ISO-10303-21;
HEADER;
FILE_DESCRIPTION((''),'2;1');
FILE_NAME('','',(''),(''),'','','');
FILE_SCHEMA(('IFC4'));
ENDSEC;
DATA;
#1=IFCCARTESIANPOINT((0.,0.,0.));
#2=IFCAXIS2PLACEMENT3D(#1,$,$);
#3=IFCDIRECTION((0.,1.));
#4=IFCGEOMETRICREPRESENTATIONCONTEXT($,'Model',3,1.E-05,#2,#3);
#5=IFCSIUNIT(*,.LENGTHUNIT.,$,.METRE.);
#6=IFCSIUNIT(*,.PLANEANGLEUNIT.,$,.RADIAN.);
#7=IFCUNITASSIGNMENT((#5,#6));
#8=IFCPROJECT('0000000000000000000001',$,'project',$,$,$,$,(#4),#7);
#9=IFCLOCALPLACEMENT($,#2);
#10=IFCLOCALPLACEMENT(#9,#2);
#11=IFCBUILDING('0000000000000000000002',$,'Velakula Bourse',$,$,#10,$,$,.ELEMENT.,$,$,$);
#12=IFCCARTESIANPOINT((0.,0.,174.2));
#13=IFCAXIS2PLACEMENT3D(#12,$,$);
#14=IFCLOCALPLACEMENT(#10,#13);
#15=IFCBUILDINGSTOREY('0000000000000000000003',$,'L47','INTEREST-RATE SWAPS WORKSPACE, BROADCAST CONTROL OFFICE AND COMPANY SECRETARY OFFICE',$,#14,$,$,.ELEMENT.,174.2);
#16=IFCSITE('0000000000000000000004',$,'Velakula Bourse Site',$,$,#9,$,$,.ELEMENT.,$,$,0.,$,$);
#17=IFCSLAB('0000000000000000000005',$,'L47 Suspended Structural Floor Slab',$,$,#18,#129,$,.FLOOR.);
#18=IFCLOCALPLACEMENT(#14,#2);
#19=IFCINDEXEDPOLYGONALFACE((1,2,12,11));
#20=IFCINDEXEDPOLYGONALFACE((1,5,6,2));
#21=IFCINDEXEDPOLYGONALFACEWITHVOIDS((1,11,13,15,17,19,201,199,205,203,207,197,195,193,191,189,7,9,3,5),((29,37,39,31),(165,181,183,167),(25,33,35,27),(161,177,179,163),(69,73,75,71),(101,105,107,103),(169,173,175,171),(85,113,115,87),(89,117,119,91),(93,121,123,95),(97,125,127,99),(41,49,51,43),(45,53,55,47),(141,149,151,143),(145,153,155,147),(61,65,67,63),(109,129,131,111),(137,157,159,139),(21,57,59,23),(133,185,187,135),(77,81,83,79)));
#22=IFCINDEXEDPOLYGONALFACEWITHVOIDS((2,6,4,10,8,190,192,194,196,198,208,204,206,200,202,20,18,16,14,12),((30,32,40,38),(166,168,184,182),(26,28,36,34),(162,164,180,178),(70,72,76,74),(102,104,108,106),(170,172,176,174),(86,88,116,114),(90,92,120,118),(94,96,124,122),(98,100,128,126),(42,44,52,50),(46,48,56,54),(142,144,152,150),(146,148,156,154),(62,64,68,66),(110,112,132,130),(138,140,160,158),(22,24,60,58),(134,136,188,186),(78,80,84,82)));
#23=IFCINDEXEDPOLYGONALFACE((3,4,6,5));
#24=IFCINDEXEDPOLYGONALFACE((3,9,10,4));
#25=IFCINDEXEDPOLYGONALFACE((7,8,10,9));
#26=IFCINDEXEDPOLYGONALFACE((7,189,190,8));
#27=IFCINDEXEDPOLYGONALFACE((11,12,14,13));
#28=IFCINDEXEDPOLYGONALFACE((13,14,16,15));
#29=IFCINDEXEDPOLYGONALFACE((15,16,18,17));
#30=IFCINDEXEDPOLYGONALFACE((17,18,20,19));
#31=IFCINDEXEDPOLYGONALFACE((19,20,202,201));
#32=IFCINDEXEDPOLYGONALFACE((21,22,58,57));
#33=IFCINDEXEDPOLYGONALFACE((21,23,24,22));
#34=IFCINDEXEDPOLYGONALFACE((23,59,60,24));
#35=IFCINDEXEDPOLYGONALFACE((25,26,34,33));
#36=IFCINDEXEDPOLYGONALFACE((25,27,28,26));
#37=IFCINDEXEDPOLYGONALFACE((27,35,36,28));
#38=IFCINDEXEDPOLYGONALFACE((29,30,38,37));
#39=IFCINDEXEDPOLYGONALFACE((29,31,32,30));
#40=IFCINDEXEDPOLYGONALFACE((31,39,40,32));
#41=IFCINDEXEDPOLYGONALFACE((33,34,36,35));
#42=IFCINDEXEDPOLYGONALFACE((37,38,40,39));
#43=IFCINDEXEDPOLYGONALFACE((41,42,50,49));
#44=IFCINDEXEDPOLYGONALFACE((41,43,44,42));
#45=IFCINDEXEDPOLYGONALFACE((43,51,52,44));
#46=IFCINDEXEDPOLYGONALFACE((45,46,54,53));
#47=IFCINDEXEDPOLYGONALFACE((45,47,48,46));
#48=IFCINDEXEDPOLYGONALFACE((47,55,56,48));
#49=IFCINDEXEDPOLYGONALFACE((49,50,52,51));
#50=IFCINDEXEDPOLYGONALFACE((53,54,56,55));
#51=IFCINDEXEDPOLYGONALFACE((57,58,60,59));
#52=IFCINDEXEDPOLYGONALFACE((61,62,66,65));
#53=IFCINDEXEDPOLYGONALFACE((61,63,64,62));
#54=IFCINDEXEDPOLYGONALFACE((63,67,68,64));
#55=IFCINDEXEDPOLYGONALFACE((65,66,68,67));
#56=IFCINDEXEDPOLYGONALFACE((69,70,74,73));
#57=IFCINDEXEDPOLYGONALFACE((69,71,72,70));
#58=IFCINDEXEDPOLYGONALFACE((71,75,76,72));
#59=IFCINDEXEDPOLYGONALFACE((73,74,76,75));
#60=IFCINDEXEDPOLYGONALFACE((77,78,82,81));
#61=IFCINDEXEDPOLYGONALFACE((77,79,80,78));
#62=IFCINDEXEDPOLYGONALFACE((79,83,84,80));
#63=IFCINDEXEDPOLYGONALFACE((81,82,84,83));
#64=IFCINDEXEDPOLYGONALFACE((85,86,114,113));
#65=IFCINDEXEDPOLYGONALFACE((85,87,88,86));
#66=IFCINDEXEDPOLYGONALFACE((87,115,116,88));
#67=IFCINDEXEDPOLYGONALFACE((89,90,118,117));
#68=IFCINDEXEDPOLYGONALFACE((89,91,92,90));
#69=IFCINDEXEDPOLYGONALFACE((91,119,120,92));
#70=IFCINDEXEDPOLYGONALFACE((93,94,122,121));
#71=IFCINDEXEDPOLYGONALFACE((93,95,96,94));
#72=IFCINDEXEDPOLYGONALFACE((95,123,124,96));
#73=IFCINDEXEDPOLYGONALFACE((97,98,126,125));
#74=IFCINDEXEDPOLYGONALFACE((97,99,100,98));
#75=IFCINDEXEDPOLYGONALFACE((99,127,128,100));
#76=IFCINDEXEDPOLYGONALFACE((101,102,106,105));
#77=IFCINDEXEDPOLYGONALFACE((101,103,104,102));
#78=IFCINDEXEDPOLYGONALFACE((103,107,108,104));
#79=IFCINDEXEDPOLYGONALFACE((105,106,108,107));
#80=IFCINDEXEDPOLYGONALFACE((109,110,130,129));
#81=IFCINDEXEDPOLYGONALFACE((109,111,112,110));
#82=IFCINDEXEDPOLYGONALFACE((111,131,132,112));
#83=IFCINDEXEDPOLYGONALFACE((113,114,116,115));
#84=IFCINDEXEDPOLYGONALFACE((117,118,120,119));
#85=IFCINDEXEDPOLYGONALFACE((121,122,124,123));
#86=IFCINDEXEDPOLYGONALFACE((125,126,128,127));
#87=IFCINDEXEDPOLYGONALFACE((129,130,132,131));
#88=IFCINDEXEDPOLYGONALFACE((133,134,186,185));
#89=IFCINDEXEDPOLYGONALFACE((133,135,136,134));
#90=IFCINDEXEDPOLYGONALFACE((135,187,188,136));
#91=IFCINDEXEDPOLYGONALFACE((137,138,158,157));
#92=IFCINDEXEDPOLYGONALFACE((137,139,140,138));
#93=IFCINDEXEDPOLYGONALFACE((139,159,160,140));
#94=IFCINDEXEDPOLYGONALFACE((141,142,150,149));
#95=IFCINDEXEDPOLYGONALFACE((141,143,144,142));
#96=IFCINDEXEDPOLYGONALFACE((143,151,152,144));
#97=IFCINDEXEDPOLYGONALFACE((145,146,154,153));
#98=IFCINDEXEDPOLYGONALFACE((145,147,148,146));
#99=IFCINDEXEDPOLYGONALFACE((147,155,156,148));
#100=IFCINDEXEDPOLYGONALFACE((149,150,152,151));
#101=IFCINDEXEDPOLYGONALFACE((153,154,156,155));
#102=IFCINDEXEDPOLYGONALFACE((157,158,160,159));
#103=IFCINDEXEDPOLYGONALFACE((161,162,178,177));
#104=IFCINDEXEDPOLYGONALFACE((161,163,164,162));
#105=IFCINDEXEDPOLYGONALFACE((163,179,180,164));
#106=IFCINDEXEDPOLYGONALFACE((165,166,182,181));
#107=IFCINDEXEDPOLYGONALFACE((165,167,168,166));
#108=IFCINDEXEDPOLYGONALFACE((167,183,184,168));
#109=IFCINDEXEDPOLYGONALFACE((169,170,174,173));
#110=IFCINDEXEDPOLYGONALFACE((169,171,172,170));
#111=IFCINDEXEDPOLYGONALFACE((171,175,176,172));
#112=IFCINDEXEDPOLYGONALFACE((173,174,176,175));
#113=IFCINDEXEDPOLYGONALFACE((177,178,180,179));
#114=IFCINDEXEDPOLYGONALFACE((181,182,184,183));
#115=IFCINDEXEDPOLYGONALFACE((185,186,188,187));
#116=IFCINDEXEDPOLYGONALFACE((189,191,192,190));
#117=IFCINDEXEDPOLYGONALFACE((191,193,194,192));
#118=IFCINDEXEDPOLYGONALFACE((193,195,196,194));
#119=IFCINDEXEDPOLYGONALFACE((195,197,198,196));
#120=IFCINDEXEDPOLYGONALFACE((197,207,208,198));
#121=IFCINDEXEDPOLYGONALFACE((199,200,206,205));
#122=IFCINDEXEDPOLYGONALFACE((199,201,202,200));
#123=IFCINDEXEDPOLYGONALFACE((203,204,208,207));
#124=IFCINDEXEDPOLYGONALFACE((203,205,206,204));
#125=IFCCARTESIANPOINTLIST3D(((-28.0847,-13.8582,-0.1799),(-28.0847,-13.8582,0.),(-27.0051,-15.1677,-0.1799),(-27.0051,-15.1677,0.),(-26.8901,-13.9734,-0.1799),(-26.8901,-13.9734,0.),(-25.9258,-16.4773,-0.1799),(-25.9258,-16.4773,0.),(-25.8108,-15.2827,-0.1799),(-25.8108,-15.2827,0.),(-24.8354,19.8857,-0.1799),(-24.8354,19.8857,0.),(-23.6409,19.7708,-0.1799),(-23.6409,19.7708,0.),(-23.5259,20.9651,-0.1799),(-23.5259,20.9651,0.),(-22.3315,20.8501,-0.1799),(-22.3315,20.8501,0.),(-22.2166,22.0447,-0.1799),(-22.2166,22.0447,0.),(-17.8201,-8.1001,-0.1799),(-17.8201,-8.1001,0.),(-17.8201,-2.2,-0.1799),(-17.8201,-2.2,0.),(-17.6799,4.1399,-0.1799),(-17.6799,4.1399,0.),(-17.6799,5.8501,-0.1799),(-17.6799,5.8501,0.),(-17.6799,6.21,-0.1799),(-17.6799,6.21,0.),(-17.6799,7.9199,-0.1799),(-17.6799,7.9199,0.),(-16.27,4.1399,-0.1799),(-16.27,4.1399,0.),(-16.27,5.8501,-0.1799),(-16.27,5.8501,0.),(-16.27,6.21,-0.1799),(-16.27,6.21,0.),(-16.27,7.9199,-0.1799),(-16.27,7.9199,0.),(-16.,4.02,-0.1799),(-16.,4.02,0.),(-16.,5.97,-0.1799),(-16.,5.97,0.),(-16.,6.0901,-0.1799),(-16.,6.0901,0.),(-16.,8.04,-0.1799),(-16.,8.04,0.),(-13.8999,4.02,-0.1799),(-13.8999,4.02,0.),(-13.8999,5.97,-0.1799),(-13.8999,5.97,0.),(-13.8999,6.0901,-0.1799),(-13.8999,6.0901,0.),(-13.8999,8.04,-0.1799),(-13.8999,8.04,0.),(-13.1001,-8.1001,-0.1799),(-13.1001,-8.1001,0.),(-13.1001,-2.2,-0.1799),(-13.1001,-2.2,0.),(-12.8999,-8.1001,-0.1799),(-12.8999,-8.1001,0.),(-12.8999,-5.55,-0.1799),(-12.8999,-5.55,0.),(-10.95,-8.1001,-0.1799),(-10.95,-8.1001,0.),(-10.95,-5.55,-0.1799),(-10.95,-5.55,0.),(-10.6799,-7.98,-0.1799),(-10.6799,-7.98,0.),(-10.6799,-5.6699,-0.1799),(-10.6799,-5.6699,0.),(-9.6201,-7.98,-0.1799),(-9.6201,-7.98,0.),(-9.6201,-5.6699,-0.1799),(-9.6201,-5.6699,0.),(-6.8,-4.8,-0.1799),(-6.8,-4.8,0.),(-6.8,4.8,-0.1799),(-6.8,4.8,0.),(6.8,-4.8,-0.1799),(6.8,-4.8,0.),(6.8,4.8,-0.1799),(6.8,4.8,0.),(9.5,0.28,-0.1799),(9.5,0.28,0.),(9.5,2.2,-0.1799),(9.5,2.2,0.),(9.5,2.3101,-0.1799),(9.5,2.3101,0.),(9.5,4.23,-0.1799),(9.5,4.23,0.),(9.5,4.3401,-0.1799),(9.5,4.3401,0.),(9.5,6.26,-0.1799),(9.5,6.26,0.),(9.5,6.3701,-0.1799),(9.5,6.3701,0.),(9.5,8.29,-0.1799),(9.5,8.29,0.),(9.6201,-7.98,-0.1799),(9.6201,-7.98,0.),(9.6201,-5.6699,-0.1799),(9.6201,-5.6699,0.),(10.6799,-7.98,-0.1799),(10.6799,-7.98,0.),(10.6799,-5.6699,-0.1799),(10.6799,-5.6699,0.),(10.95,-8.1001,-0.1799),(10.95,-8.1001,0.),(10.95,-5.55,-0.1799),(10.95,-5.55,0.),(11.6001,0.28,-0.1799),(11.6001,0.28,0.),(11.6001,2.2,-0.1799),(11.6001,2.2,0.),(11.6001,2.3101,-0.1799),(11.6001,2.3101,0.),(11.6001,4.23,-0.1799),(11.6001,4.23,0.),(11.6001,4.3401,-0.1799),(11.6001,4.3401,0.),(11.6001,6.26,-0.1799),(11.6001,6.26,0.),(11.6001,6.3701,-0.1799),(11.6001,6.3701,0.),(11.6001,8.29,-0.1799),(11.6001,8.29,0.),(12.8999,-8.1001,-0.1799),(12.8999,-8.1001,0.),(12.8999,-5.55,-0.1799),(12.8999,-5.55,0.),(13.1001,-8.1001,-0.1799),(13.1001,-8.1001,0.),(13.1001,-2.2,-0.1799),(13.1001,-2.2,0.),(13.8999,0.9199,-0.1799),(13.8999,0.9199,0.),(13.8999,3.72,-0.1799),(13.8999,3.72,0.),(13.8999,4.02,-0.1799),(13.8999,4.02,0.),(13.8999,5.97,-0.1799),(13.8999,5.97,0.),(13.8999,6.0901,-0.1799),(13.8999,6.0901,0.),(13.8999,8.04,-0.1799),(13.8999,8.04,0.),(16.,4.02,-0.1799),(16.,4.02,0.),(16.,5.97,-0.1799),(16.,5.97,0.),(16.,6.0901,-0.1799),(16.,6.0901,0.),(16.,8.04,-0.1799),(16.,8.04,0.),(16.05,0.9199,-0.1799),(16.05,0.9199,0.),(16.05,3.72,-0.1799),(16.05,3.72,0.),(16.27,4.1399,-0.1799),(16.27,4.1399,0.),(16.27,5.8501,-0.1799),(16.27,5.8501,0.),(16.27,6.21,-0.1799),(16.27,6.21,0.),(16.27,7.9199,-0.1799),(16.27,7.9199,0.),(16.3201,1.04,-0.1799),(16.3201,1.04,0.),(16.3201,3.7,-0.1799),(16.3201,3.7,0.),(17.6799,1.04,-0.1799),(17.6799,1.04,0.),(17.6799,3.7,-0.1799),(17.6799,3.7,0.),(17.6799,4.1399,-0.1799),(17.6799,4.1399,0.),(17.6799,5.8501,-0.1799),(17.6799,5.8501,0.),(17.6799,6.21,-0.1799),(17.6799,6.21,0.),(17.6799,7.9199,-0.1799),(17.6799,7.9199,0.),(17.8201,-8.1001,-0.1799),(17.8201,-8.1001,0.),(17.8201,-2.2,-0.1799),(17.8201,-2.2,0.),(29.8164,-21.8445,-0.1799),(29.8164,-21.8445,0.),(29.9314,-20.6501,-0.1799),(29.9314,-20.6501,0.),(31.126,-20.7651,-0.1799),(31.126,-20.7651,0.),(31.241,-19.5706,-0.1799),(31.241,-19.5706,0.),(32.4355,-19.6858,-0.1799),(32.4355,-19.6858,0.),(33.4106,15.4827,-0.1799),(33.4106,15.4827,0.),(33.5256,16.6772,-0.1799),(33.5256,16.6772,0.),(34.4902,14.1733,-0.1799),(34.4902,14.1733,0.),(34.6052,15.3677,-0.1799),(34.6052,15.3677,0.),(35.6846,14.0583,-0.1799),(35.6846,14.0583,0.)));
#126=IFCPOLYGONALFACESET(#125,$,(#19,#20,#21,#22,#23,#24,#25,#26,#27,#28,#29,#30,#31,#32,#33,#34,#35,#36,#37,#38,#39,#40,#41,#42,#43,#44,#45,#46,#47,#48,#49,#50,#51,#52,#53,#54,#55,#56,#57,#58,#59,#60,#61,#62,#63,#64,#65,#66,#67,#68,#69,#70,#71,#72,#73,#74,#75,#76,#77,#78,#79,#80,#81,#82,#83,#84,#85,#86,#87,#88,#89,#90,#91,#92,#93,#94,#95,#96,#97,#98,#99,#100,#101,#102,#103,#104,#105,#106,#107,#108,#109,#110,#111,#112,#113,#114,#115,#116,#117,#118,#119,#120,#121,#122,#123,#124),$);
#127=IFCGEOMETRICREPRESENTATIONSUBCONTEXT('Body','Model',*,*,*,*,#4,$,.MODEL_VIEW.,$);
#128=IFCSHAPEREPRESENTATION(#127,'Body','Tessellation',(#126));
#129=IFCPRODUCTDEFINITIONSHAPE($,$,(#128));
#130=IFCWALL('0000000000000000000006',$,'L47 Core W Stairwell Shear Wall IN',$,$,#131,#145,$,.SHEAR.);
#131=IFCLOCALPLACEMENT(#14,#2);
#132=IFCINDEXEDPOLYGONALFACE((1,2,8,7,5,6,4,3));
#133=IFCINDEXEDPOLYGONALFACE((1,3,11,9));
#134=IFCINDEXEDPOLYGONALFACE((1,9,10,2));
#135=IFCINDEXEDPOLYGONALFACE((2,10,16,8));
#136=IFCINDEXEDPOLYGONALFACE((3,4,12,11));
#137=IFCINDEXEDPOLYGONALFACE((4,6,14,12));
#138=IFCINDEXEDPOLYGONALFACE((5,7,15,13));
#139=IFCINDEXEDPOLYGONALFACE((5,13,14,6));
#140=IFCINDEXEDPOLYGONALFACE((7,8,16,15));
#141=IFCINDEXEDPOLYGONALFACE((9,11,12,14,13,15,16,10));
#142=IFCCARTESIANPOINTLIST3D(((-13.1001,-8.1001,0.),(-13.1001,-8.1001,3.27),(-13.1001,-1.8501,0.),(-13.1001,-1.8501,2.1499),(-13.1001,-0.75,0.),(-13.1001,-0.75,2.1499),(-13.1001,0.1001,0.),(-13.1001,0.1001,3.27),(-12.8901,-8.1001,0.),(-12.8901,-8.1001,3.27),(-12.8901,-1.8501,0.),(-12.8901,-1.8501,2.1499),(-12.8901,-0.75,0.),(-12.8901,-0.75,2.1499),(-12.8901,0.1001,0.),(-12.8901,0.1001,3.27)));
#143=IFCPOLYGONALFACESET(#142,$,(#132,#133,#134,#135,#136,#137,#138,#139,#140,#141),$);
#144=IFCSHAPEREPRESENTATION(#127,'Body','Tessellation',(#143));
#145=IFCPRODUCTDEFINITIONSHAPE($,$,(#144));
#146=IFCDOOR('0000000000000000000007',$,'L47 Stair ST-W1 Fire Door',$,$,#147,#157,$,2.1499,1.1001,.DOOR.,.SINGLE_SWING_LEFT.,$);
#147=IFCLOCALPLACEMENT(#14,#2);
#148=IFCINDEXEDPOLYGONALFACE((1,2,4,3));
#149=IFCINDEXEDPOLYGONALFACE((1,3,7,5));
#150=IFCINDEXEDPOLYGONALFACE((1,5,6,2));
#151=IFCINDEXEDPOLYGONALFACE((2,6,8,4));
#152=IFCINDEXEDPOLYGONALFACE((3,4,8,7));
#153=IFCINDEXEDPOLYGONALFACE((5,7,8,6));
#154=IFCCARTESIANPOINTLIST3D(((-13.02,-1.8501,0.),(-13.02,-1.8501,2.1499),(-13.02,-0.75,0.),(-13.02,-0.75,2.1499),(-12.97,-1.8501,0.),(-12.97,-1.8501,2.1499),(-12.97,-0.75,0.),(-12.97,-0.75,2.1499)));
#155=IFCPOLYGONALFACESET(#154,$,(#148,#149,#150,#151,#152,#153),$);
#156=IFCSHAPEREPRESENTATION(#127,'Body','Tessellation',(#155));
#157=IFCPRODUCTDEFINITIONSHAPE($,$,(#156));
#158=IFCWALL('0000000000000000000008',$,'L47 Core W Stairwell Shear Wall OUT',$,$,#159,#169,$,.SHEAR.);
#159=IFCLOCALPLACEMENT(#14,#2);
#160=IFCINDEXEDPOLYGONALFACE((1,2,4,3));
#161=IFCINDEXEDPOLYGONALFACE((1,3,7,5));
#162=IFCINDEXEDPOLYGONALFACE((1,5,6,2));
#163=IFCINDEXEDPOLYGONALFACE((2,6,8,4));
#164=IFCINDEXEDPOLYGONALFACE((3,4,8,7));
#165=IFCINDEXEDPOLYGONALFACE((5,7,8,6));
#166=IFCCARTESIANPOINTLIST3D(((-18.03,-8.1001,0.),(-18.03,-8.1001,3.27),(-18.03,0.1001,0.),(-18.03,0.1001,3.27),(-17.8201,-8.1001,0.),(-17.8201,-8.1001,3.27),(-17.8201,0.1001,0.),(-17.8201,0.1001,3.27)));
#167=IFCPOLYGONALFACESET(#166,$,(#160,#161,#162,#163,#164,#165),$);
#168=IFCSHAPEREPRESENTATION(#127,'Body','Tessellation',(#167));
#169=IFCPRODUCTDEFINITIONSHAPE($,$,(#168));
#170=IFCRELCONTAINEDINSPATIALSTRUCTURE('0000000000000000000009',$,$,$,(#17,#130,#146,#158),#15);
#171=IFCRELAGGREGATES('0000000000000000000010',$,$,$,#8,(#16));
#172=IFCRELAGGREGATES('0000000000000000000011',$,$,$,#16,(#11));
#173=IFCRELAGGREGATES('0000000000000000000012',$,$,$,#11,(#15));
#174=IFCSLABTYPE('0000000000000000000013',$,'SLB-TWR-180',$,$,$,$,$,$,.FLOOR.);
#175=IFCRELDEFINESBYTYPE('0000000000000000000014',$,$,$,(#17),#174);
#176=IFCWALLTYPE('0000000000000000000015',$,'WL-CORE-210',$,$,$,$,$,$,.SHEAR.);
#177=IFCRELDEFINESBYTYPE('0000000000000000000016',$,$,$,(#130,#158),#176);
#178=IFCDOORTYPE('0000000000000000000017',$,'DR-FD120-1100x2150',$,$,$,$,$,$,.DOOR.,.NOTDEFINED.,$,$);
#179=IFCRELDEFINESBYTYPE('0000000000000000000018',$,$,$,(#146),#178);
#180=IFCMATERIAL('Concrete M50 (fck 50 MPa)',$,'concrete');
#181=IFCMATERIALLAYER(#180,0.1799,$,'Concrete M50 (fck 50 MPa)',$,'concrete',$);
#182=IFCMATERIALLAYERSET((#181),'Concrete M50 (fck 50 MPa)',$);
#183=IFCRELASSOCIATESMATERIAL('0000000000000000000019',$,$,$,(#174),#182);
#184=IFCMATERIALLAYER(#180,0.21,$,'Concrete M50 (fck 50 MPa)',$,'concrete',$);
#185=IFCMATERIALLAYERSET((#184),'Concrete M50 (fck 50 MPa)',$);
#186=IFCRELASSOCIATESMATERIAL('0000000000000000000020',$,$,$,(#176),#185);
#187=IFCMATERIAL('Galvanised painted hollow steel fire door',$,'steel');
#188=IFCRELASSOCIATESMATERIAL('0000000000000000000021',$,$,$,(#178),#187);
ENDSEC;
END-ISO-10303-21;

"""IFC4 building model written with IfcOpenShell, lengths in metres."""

from ifc_helpers import new_model, si_unit, direction, frame, frame_2d, origin, place, context, subcontext, project, spatial, polyline, rectangle, outline, extrude, material, layer, layer_set, type_object, element, fill, save


model = new_model("IFC4")

# Units and contexts
model_context = context("Model", 3, precision=1e-05, world=origin(), true_north=direction((0.0, 1.0)))
body_context = subcontext(model_context, "Body", "Model", "MODEL_VIEW")
ifc_project = project(units=[si_unit("LENGTHUNIT", "METRE"), si_unit("PLANEANGLEUNIT", "RADIAN")], contexts=[model_context])

# Site, building, storey
site_placement = place(None, origin())
site = spatial("IfcSite", under=ifc_project, at=site_placement, Name="Velakula Bourse Site", CompositionType="ELEMENT", RefElevation=0.0)
building_placement = place(site_placement, origin())
building = spatial("IfcBuilding", under=site, at=building_placement, Name="Velakula Bourse", CompositionType="ELEMENT")
storey_placement = place(building_placement, frame((0.0, 0.0, 174.2)))
storey = spatial("IfcBuildingStorey", under=building, at=storey_placement, Name="L47", Description="INTEREST-RATE SWAPS WORKSPACE, BROADCAST CONTROL OFFICE AND COMPANY SECRETARY OFFICE", CompositionType="ELEMENT", Elevation=174.2)

# Slab
ifc_material_1 = material(Name="Concrete M50 (fck 50 MPa)", Category="concrete")
ifc_layer_1 = layer(ifc_material_1, 0.1799, Name="Concrete M50 (fck 50 MPa)", Category="concrete")
ifc_layer_set_1 = layer_set([ifc_layer_1], Name="Concrete M50 (fck 50 MPa)")
slab_type = type_object("IfcSlabType", Name="SLB-TWR-180", PredefinedType="FLOOR", material=ifc_layer_set_1)
slab_placement = place(storey_placement, frame((0.0, 0.0, -0.1799)))
element("IfcSlab", 1, at=slab_placement, inside=storey, type_object=slab_type, Name="L47 Suspended Structural Floor Slab", PredefinedType="FLOOR", context=body_context, shape_type="SweptSolid", body=[
    extrude(outline(polyline([(-25.9258, -16.4773), (29.8164, -21.8445), (29.9314, -20.6501), (31.126, -20.7651), (31.241, -19.5706), (32.4355, -19.6858), (35.6846, 14.0583), (34.4902, 14.1733), (34.6052, 15.3677), (33.4106, 15.4827), (33.5256, 16.6772), (-22.2166, 22.0447), (-22.3315, 20.8501), (-23.5259, 20.9651), (-23.6409, 19.7708), (-24.8354, 19.8857), (-28.0847, -13.8582), (-26.8901, -13.9734), (-27.0051, -15.1677), (-25.8108, -15.2827), (-25.9258, -16.4773)]), holes=[polyline([(-17.8201, -8.1001), (-13.1001, -8.1001), (-13.1001, -2.2), (-17.8201, -2.2), (-17.8201, -8.1001)]), polyline([(13.1001, -8.1001), (17.8201, -8.1001), (17.8201, -2.2), (13.1001, -2.2), (13.1001, -8.1001)]), polyline([(-12.8999, -8.1001), (-10.95, -8.1001), (-10.95, -5.55), (-12.8999, -5.55), (-12.8999, -8.1001)]), polyline([(10.95, -8.1001), (12.8999, -8.1001), (12.8999, -5.55), (10.95, -5.55), (10.95, -8.1001)]), polyline([(13.8999, 0.9199), (16.05, 0.9199), (16.05, 3.72), (13.8999, 3.72), (13.8999, 0.9199)]), polyline([(-10.6799, -7.98), (-9.6201, -7.98), (-9.6201, -5.6699), (-10.6799, -5.6699), (-10.6799, -7.98)]), polyline([(-17.6799, 4.1399), (-16.27, 4.1399), (-16.27, 5.8501), (-17.6799, 5.8501), (-17.6799, 4.1399)]), polyline([(-17.6799, 6.21), (-16.27, 6.21), (-16.27, 7.9199), (-17.6799, 7.9199), (-17.6799, 6.21)]), polyline([(9.6201, -7.98), (10.6799, -7.98), (10.6799, -5.6699), (9.6201, -5.6699), (9.6201, -7.98)]), polyline([(16.27, 4.1399), (17.6799, 4.1399), (17.6799, 5.8501), (16.27, 5.8501), (16.27, 4.1399)]), polyline([(16.27, 6.21), (17.6799, 6.21), (17.6799, 7.9199), (16.27, 7.9199), (16.27, 6.21)]), polyline([(16.3201, 1.04), (17.6799, 1.04), (17.6799, 3.7), (16.3201, 3.7), (16.3201, 1.04)]), polyline([(9.5, 0.28), (11.6001, 0.28), (11.6001, 2.2), (9.5, 2.2), (9.5, 0.28)]), polyline([(9.5, 2.3101), (11.6001, 2.3101), (11.6001, 4.23), (9.5, 4.23), (9.5, 2.3101)]), polyline([(9.5, 4.3401), (11.6001, 4.3401), (11.6001, 6.26), (9.5, 6.26), (9.5, 4.3401)]), polyline([(9.5, 6.3701), (11.6001, 6.3701), (11.6001, 8.29), (9.5, 8.29), (9.5, 6.3701)]), polyline([(-16.0, 4.02), (-13.8999, 4.02), (-13.8999, 5.97), (-16.0, 5.97), (-16.0, 4.02)]), polyline([(-16.0, 6.0901), (-13.8999, 6.0901), (-13.8999, 8.04), (-16.0, 8.04), (-16.0, 6.0901)]), polyline([(13.8999, 4.02), (16.0, 4.02), (16.0, 5.97), (13.8999, 5.97), (13.8999, 4.02)]), polyline([(13.8999, 6.0901), (16.0, 6.0901), (16.0, 8.04), (13.8999, 8.04), (13.8999, 6.0901)]), polyline([(-6.8, -4.8), (6.8, -4.8), (6.8, 4.8), (-6.8, 4.8), (-6.8, -4.8)])]), origin(), (0.0, 0.0, 1.0), 0.1799),
])

# Wall, opening, door
ifc_layer_2 = layer(ifc_material_1, 0.21, Name="Concrete M50 (fck 50 MPa)", Category="concrete")
ifc_layer_set_2 = layer_set([ifc_layer_2], Name="Concrete M50 (fck 50 MPa)")
wall_type_1 = type_object("IfcWallType", Name="WL-CORE-210", PredefinedType="SHEAR", material=ifc_layer_set_2)
wall_1_placement = place(storey_placement, frame((-12.9951, -8.1001, 0.0), z_axis=(0.0, 0.0, 1.0), x_axis=(0.0, 1.0, 0.0)))
wall_1 = element("IfcWall", 2, at=wall_1_placement, inside=storey, type_object=wall_type_1, Name="L47 Core W Stairwell Shear Wall IN", PredefinedType="SHEAR", context=body_context, shape_type="SweptSolid", body=[
    extrude(rectangle(XDim=8.2002, YDim=0.21, at=frame_2d((4.1001, 0.0))), origin(), (0.0, 0.0, 1.0), 3.27),
])
opening_1_placement = place(wall_1_placement, frame((6.25, 0.0, 0.0)))
opening_1 = element("IfcOpeningElement", 3, at=opening_1_placement, cuts=wall_1, PredefinedType="OPENING", context=body_context, shape_type="SweptSolid", body=[
    extrude(rectangle(XDim=1.1001, YDim=2.1499, at=frame_2d((0.55, 1.075))), frame((0.0, 0.115, 0.0), z_axis=(0.0, -1.0, 0.0), x_axis=(1.0, 0.0, 0.0)), (0.0, 0.0, 1.0), 0.23),
])
ifc_material_2 = material(Name="Galvanised painted hollow steel fire door", Category="steel")
door_type_1 = type_object("IfcDoorType", Name="DR-FD120-1100x2150", OperationType="NOTDEFINED", PredefinedType="DOOR", material=ifc_material_2)
door_1_placement = place(opening_1_placement, origin())
door_1 = element("IfcDoor", 4, at=door_1_placement, inside=storey, type_object=door_type_1, Name="L47 Stair ST-W1 Fire Door", OperationType="SINGLE_SWING_LEFT", OverallHeight=2.1499, OverallWidth=1.1001, PredefinedType="DOOR", context=body_context, shape_type="SweptSolid", body=[
    extrude(rectangle(XDim=1.1001, YDim=2.1499, at=frame_2d((0.55, 1.075))), frame((0.0, 0.0249, 0.0), z_axis=(0.0, -1.0, 0.0), x_axis=(1.0, 0.0, 0.0)), (0.0, 0.0, 1.0), 0.05),
])
fill(opening_1, door_1)

# Wall
wall_2_placement = place(storey_placement, frame((-17.925, -8.1001, 0.0), z_axis=(0.0, 0.0, 1.0), x_axis=(0.0, 1.0, 0.0)))
element("IfcWall", 5, at=wall_2_placement, inside=storey, type_object=wall_type_1, Name="L47 Core W Stairwell Shear Wall OUT", PredefinedType="SHEAR", context=body_context, shape_type="SweptSolid", body=[
    extrude(rectangle(XDim=8.2002, YDim=0.21, at=frame_2d((4.1001, 0.0))), origin(), (0.0, 0.0, 1.0), 3.27),
])

save(model, "model.ifc")
